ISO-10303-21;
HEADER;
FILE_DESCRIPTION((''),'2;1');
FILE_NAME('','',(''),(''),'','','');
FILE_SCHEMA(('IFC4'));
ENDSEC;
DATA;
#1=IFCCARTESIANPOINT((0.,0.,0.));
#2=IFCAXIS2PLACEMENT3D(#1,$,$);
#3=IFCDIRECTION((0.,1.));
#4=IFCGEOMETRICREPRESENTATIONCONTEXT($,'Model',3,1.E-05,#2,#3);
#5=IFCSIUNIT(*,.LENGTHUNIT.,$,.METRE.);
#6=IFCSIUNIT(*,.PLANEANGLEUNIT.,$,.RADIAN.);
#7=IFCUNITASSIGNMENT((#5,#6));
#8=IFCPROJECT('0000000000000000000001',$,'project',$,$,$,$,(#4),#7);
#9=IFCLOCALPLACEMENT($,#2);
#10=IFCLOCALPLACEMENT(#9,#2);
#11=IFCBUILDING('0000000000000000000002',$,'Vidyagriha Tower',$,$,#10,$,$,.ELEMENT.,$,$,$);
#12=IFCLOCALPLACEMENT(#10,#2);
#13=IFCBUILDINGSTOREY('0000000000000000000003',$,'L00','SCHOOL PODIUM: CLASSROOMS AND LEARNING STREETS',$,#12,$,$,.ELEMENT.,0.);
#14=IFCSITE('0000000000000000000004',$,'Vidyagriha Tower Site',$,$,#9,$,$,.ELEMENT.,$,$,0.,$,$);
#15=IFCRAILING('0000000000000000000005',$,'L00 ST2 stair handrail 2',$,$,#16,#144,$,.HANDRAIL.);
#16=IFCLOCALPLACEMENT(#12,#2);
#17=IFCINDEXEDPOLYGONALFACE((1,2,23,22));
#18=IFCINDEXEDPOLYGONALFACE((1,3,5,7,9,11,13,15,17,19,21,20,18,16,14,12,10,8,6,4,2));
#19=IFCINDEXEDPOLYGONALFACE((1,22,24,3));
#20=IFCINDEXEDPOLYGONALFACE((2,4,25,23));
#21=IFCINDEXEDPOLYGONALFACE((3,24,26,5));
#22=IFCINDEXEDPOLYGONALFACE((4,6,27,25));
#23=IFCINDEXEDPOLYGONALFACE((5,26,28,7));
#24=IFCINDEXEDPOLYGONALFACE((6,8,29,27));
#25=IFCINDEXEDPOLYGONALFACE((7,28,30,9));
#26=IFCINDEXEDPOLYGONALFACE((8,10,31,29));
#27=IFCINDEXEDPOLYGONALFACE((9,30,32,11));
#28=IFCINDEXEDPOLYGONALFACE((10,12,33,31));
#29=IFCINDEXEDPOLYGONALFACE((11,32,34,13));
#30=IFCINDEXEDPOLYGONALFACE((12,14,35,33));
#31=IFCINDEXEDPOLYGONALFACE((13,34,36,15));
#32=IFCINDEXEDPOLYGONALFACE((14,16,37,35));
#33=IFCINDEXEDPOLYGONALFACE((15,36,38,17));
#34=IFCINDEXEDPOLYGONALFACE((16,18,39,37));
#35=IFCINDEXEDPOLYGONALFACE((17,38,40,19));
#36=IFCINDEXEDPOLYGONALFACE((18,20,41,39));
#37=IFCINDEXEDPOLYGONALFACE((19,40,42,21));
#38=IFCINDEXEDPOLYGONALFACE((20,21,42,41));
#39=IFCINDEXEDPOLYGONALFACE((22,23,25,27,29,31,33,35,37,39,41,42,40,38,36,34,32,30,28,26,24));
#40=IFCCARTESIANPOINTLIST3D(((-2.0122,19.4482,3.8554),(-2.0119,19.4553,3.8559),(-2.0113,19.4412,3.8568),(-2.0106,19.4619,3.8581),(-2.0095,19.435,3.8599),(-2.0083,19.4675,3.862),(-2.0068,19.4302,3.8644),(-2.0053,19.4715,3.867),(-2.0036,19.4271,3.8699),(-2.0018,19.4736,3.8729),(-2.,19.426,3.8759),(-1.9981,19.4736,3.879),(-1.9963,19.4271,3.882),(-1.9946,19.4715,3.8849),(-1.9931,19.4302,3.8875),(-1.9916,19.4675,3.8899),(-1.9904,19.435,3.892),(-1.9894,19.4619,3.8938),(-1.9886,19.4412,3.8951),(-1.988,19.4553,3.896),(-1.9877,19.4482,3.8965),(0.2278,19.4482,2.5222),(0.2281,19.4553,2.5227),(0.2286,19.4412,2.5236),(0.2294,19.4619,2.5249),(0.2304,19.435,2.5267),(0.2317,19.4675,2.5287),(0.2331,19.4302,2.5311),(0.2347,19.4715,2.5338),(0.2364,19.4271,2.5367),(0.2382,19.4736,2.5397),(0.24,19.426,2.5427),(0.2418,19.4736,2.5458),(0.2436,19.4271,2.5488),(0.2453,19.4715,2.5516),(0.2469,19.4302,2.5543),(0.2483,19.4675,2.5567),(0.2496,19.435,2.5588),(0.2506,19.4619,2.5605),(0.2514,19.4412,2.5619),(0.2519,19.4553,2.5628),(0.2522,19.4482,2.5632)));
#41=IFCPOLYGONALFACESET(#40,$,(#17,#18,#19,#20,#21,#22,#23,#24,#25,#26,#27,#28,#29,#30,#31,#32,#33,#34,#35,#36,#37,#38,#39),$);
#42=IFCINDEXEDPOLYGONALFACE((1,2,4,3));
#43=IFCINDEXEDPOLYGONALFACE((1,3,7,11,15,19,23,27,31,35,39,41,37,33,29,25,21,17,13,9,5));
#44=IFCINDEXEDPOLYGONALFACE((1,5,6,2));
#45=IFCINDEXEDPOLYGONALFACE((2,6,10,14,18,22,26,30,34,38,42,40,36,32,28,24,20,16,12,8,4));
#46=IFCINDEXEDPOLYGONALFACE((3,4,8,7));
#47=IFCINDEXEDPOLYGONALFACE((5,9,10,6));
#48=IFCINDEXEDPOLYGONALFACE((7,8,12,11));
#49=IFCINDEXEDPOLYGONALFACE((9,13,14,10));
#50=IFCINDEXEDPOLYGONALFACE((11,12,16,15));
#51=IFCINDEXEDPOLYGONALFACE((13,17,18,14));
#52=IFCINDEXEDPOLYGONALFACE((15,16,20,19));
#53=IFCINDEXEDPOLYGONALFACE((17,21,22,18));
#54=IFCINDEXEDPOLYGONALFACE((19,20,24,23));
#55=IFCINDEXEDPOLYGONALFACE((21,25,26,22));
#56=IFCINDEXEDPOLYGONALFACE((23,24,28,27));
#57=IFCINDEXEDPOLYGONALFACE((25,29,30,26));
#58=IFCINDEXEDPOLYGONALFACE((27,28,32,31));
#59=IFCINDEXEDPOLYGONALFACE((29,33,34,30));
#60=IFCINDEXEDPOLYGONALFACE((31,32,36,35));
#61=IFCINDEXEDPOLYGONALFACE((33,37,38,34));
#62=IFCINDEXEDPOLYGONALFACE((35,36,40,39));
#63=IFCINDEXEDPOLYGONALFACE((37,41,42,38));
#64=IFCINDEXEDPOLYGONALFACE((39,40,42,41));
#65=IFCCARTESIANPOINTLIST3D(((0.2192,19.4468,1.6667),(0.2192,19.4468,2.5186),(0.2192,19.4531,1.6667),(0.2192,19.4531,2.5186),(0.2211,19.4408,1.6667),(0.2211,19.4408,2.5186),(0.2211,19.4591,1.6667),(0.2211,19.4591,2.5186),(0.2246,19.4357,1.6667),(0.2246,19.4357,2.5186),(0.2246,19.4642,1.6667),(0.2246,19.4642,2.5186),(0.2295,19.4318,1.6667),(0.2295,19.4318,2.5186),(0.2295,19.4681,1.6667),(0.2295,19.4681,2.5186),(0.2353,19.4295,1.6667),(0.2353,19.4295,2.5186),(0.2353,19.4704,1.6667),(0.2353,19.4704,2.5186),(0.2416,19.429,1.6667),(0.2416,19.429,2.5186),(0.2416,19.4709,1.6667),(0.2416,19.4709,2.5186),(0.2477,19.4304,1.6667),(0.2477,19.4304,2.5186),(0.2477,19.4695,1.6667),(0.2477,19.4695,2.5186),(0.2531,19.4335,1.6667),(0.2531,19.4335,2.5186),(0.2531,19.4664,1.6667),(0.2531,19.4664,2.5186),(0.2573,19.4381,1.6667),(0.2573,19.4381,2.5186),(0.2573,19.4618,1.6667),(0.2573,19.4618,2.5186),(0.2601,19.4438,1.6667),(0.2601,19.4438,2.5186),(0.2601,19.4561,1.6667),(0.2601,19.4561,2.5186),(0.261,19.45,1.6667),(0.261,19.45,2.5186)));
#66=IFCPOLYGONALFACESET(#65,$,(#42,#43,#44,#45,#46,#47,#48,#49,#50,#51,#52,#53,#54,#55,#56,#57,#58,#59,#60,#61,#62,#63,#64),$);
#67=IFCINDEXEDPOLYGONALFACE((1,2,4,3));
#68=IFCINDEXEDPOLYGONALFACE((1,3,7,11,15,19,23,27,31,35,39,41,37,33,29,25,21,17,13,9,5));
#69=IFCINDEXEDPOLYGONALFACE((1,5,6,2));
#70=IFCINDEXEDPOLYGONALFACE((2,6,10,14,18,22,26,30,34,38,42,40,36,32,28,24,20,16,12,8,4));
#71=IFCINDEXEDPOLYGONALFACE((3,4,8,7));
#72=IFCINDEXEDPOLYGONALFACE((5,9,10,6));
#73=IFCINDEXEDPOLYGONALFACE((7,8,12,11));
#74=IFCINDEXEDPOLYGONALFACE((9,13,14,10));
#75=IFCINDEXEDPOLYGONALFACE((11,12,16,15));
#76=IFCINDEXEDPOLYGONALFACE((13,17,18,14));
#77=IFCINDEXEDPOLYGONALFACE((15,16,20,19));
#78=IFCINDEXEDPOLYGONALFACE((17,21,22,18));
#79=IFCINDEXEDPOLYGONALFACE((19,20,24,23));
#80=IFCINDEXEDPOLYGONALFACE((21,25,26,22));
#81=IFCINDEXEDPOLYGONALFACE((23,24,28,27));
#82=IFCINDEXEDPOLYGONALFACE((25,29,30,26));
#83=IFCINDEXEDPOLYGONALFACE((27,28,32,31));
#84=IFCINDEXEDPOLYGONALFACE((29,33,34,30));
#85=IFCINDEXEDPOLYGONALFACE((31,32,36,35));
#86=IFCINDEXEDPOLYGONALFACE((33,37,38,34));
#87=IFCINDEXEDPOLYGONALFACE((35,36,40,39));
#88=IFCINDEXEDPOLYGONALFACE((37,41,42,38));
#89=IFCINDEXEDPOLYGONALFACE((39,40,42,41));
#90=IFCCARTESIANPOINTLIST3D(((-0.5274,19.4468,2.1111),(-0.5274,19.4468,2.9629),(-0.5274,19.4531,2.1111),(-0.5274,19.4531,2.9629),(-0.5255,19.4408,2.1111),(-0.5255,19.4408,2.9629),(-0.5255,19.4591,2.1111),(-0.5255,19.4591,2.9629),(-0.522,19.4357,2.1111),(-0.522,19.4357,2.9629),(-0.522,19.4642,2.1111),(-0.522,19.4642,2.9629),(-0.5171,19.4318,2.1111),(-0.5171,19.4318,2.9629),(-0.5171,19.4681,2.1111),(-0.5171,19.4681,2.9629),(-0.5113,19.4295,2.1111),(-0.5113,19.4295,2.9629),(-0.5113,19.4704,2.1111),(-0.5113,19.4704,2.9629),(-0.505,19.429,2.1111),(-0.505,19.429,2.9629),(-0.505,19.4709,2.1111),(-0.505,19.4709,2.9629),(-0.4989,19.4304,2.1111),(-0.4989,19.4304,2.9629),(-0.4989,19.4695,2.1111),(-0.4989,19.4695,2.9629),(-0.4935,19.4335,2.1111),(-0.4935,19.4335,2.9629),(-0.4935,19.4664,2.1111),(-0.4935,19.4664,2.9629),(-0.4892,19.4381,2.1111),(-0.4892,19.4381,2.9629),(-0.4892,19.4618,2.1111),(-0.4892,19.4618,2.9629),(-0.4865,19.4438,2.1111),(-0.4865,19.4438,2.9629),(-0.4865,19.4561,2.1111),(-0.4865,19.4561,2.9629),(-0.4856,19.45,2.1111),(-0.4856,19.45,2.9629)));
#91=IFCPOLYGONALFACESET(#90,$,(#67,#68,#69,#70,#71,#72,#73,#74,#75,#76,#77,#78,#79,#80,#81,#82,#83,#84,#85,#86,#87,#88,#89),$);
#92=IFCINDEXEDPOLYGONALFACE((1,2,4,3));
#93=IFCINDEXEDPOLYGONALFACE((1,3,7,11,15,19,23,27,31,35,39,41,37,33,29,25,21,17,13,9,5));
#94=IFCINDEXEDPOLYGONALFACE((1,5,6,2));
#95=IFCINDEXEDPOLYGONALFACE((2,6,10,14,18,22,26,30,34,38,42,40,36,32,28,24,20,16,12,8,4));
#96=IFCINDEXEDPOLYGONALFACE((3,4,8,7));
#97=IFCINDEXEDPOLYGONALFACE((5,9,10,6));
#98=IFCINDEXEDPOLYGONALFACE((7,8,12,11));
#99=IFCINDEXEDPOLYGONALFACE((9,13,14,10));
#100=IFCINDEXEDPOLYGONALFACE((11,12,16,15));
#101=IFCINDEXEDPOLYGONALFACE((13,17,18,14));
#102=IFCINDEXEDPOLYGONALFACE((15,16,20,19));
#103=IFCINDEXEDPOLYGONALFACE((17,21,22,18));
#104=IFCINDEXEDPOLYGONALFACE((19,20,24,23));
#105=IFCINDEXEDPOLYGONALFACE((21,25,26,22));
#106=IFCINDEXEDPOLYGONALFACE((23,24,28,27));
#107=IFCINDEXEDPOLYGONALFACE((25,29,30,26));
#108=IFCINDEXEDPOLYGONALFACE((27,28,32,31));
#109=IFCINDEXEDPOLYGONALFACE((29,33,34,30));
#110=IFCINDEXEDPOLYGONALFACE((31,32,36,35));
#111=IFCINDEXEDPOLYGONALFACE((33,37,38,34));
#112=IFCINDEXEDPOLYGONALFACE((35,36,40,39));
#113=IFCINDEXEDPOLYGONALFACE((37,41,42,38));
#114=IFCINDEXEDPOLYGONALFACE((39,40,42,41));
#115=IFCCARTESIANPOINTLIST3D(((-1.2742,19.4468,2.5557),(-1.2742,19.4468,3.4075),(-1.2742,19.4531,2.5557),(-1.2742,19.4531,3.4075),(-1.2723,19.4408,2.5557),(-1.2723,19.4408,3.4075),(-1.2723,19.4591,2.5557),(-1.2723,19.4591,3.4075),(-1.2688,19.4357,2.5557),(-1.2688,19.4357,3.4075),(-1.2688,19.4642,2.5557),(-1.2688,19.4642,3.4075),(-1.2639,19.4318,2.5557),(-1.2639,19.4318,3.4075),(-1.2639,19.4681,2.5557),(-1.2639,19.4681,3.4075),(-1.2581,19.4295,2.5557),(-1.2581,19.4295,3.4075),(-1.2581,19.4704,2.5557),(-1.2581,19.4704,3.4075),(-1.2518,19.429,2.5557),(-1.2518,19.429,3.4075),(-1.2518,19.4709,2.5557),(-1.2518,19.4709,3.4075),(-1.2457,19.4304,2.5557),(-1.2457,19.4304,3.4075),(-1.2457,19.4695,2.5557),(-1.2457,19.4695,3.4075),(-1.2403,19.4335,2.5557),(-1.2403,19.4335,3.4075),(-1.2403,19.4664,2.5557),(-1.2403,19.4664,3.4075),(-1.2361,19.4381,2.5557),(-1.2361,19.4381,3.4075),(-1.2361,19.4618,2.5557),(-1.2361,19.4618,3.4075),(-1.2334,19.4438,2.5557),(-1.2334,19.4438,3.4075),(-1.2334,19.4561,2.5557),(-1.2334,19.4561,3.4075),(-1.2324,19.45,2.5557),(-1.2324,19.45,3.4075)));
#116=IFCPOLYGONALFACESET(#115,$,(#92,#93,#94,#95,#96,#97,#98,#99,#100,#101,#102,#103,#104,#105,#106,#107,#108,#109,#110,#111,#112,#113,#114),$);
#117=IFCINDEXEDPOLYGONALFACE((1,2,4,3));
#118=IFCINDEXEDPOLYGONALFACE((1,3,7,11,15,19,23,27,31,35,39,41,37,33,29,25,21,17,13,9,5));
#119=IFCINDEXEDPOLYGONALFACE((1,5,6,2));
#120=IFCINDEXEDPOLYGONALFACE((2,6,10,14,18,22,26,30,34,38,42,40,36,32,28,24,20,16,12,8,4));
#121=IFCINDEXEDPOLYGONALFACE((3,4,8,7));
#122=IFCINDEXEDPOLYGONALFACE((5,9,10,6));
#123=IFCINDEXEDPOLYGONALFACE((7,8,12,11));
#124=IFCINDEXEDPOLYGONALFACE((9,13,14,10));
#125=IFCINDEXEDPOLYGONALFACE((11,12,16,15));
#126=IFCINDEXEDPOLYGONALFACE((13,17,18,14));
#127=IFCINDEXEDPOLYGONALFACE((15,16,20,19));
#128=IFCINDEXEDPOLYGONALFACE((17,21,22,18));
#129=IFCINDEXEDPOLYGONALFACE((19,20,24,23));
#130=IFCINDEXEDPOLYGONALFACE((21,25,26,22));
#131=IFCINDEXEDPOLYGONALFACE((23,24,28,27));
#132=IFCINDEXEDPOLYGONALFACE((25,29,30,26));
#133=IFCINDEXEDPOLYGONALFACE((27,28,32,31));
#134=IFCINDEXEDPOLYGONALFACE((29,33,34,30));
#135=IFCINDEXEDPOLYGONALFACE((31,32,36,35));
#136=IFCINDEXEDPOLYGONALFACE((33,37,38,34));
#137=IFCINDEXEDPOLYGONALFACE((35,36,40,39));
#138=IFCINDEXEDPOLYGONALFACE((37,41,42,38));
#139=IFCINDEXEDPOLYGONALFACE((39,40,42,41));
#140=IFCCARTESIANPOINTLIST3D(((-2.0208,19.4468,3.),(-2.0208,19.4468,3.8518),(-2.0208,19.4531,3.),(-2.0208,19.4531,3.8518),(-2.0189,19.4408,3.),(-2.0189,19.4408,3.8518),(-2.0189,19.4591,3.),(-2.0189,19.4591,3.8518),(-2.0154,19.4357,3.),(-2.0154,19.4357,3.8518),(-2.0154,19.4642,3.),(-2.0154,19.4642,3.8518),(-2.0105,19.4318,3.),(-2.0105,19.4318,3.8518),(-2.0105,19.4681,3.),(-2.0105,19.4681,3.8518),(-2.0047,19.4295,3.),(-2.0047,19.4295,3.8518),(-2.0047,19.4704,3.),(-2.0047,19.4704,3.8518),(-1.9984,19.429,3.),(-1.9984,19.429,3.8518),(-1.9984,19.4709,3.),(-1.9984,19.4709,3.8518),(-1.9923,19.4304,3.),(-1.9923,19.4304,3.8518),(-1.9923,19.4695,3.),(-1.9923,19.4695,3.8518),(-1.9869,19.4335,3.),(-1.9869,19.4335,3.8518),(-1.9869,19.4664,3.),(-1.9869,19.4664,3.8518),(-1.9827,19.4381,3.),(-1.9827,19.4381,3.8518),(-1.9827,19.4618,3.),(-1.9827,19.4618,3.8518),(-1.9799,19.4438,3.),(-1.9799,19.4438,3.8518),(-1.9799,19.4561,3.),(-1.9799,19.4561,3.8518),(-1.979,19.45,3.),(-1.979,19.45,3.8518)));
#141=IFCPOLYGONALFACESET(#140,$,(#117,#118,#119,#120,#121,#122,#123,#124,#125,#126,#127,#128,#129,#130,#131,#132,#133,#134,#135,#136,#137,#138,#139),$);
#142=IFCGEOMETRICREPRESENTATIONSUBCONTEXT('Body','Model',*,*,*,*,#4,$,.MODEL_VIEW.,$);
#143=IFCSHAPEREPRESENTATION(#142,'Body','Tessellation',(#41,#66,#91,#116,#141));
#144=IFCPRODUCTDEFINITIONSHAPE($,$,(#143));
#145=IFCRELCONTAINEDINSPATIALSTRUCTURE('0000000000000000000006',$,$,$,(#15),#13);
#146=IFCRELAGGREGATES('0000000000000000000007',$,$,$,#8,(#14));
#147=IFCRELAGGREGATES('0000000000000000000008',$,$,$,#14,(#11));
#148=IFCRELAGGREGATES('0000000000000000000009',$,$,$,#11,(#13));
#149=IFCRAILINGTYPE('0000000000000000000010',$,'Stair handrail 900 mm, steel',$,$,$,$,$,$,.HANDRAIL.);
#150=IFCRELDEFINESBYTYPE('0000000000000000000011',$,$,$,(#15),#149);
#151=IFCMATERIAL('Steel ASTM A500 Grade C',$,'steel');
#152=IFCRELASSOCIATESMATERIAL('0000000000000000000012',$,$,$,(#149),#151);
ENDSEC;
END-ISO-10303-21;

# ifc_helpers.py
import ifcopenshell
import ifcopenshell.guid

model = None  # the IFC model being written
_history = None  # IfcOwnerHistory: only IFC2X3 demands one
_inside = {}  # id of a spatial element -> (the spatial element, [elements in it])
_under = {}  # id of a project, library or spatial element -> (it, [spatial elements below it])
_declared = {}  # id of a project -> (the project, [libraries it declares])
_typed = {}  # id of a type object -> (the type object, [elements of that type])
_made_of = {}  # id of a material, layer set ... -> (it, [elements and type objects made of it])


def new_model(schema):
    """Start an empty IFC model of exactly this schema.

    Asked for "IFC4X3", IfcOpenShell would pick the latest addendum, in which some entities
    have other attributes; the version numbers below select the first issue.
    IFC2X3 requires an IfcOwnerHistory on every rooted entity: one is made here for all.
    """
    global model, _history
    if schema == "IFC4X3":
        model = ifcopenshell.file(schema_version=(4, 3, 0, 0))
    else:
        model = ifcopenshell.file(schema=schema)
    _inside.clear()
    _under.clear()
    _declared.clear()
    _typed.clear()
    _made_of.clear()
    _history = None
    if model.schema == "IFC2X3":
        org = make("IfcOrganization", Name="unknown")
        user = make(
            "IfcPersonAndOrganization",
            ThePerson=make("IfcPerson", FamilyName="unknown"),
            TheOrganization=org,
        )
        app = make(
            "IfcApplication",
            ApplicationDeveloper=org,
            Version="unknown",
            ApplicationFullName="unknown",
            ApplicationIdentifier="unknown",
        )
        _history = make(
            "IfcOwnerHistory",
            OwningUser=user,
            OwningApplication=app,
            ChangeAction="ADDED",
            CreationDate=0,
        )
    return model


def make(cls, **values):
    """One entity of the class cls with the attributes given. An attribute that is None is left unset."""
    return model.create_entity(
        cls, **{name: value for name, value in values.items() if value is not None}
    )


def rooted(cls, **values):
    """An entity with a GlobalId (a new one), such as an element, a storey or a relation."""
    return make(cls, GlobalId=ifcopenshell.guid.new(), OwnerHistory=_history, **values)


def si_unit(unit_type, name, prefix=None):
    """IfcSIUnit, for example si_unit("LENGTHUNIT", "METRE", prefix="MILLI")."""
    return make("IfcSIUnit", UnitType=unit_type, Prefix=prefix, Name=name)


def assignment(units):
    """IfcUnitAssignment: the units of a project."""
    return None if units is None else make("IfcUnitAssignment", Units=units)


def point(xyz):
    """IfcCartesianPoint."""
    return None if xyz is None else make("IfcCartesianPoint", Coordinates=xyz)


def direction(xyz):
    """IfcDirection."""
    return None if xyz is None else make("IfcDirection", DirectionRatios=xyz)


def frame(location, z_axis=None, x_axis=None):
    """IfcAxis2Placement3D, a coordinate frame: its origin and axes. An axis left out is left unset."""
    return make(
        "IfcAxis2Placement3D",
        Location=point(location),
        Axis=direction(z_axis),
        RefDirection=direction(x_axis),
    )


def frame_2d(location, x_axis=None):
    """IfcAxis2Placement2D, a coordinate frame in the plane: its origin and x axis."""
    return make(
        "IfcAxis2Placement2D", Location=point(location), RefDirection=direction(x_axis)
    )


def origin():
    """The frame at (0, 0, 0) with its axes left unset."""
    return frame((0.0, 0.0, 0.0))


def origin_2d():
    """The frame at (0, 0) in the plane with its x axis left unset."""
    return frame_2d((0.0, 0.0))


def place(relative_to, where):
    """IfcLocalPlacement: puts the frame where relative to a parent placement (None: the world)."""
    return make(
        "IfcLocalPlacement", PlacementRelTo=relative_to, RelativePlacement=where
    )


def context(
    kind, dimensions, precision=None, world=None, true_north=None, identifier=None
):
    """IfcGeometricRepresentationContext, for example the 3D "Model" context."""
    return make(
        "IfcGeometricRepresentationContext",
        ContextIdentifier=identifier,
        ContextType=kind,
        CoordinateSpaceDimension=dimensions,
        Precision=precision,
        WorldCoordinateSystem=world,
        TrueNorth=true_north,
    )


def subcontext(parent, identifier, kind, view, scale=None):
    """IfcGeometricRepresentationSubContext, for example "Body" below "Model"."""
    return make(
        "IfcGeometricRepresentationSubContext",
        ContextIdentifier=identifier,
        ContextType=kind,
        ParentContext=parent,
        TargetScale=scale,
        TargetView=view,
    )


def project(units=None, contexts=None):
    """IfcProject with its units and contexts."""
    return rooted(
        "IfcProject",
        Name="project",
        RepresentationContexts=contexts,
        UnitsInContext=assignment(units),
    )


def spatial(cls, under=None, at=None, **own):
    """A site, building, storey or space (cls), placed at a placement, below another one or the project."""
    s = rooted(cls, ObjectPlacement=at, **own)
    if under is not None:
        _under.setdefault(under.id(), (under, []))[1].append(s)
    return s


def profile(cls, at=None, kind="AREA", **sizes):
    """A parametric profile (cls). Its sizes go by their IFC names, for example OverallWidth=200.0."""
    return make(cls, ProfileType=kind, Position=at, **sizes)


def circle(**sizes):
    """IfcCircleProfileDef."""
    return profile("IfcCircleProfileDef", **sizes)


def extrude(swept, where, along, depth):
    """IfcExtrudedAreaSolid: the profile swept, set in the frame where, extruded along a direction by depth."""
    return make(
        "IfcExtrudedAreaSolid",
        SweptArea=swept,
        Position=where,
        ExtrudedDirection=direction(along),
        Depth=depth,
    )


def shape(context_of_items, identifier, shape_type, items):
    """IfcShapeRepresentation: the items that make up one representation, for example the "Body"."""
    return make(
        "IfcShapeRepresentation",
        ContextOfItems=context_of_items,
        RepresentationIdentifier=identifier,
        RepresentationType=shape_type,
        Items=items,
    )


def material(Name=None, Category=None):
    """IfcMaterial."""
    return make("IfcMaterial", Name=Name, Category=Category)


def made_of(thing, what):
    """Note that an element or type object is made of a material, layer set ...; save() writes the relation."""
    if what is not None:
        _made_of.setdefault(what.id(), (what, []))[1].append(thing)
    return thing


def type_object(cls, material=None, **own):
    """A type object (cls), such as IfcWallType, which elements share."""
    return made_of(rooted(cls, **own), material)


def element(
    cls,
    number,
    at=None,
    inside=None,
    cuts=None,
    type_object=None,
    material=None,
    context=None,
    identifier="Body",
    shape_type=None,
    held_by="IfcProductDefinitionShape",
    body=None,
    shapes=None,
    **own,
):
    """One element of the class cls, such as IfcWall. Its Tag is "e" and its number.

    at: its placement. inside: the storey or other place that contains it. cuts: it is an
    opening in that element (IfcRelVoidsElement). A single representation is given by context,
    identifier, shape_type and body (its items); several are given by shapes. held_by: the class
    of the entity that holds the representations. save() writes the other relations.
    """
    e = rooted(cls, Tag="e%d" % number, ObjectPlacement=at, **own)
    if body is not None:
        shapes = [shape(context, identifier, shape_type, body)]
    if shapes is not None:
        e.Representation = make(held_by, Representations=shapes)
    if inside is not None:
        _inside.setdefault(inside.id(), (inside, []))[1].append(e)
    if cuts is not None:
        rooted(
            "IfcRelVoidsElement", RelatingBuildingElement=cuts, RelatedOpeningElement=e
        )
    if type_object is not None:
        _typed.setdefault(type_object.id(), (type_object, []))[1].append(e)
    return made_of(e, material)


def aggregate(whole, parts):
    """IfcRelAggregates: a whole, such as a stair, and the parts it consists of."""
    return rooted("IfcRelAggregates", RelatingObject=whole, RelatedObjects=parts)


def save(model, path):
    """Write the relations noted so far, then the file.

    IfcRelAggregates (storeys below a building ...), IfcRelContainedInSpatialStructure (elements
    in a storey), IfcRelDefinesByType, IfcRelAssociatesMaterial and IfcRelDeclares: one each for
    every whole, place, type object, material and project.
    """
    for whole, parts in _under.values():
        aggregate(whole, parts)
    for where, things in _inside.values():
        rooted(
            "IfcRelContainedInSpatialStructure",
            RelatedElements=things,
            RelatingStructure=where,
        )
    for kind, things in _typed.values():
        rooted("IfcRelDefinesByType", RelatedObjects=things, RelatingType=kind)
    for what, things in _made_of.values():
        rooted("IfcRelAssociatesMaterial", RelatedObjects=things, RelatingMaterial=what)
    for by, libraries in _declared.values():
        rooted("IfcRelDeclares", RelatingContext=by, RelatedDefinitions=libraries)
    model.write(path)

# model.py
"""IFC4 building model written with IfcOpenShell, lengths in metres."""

from ifc_helpers import new_model, si_unit, direction, frame, origin, origin_2d, place, context, subcontext, project, spatial, circle, extrude, material, type_object, element, save


model = new_model("IFC4")

# Units and contexts
model_context = context("Model", 3, precision=1e-05, world=origin(), true_north=direction((0.0, 1.0)))
body_context = subcontext(model_context, "Body", "Model", "MODEL_VIEW")
ifc_project = project(units=[si_unit("LENGTHUNIT", "METRE"), si_unit("PLANEANGLEUNIT", "RADIAN")], contexts=[model_context])

# Site, building, storey
site_placement = place(None, origin())
site = spatial("IfcSite", under=ifc_project, at=site_placement, Name="Vidyagriha Tower Site", CompositionType="ELEMENT", RefElevation=0.0)
building_placement = place(site_placement, origin())
building = spatial("IfcBuilding", under=site, at=building_placement, Name="Vidyagriha Tower", CompositionType="ELEMENT")
storey_placement = place(building_placement, origin())
storey = spatial("IfcBuildingStorey", under=building, at=storey_placement, Name="L00", Description="SCHOOL PODIUM: CLASSROOMS AND LEARNING STREETS", CompositionType="ELEMENT", Elevation=0.0)

# Railing
ifc_material_1 = material(Name="Steel ASTM A500 Grade C", Category="steel")
railing_type_1 = type_object("IfcRailingType", Name="Stair handrail 900 mm, steel", PredefinedType="HANDRAIL", material=ifc_material_1)
for number, where, name in (
    (1, (0.24, 19.45, 1.6667), "L00 ST2 stair handrail 2"),
):
    element("IfcRailing", number, at=place(storey_placement, frame(where)), inside=storey, type_object=railing_type_1, Name=name, PredefinedType="HANDRAIL", context=body_context, shape_type="SweptSolid", body=[
        extrude(circle(Radius=0.0239, at=origin_2d()), frame((0.0, 0.0, 0.876), z_axis=(-0.859306, 0.0, 0.511462), x_axis=(0.0, -1.0, 0.0)), (0.0, 0.0, 1.0), 2.6067),
        extrude(circle(Radius=0.021, at=origin_2d()), origin(), (0.0, 0.0, 1.0), 0.8518),
        extrude(circle(Radius=0.021, at=origin_2d()), frame((-0.7466, 0.0, 0.4443)), (0.0, 0.0, 1.0), 0.8518),
        extrude(circle(Radius=0.021, at=origin_2d()), frame((-1.4934, 0.0, 0.8889)), (0.0, 0.0, 1.0), 0.8518),
        extrude(circle(Radius=0.021, at=origin_2d()), frame((-2.24, 0.0, 1.3333)), (0.0, 0.0, 1.0), 0.8518),
    ])

save(model, "model.ifc")
